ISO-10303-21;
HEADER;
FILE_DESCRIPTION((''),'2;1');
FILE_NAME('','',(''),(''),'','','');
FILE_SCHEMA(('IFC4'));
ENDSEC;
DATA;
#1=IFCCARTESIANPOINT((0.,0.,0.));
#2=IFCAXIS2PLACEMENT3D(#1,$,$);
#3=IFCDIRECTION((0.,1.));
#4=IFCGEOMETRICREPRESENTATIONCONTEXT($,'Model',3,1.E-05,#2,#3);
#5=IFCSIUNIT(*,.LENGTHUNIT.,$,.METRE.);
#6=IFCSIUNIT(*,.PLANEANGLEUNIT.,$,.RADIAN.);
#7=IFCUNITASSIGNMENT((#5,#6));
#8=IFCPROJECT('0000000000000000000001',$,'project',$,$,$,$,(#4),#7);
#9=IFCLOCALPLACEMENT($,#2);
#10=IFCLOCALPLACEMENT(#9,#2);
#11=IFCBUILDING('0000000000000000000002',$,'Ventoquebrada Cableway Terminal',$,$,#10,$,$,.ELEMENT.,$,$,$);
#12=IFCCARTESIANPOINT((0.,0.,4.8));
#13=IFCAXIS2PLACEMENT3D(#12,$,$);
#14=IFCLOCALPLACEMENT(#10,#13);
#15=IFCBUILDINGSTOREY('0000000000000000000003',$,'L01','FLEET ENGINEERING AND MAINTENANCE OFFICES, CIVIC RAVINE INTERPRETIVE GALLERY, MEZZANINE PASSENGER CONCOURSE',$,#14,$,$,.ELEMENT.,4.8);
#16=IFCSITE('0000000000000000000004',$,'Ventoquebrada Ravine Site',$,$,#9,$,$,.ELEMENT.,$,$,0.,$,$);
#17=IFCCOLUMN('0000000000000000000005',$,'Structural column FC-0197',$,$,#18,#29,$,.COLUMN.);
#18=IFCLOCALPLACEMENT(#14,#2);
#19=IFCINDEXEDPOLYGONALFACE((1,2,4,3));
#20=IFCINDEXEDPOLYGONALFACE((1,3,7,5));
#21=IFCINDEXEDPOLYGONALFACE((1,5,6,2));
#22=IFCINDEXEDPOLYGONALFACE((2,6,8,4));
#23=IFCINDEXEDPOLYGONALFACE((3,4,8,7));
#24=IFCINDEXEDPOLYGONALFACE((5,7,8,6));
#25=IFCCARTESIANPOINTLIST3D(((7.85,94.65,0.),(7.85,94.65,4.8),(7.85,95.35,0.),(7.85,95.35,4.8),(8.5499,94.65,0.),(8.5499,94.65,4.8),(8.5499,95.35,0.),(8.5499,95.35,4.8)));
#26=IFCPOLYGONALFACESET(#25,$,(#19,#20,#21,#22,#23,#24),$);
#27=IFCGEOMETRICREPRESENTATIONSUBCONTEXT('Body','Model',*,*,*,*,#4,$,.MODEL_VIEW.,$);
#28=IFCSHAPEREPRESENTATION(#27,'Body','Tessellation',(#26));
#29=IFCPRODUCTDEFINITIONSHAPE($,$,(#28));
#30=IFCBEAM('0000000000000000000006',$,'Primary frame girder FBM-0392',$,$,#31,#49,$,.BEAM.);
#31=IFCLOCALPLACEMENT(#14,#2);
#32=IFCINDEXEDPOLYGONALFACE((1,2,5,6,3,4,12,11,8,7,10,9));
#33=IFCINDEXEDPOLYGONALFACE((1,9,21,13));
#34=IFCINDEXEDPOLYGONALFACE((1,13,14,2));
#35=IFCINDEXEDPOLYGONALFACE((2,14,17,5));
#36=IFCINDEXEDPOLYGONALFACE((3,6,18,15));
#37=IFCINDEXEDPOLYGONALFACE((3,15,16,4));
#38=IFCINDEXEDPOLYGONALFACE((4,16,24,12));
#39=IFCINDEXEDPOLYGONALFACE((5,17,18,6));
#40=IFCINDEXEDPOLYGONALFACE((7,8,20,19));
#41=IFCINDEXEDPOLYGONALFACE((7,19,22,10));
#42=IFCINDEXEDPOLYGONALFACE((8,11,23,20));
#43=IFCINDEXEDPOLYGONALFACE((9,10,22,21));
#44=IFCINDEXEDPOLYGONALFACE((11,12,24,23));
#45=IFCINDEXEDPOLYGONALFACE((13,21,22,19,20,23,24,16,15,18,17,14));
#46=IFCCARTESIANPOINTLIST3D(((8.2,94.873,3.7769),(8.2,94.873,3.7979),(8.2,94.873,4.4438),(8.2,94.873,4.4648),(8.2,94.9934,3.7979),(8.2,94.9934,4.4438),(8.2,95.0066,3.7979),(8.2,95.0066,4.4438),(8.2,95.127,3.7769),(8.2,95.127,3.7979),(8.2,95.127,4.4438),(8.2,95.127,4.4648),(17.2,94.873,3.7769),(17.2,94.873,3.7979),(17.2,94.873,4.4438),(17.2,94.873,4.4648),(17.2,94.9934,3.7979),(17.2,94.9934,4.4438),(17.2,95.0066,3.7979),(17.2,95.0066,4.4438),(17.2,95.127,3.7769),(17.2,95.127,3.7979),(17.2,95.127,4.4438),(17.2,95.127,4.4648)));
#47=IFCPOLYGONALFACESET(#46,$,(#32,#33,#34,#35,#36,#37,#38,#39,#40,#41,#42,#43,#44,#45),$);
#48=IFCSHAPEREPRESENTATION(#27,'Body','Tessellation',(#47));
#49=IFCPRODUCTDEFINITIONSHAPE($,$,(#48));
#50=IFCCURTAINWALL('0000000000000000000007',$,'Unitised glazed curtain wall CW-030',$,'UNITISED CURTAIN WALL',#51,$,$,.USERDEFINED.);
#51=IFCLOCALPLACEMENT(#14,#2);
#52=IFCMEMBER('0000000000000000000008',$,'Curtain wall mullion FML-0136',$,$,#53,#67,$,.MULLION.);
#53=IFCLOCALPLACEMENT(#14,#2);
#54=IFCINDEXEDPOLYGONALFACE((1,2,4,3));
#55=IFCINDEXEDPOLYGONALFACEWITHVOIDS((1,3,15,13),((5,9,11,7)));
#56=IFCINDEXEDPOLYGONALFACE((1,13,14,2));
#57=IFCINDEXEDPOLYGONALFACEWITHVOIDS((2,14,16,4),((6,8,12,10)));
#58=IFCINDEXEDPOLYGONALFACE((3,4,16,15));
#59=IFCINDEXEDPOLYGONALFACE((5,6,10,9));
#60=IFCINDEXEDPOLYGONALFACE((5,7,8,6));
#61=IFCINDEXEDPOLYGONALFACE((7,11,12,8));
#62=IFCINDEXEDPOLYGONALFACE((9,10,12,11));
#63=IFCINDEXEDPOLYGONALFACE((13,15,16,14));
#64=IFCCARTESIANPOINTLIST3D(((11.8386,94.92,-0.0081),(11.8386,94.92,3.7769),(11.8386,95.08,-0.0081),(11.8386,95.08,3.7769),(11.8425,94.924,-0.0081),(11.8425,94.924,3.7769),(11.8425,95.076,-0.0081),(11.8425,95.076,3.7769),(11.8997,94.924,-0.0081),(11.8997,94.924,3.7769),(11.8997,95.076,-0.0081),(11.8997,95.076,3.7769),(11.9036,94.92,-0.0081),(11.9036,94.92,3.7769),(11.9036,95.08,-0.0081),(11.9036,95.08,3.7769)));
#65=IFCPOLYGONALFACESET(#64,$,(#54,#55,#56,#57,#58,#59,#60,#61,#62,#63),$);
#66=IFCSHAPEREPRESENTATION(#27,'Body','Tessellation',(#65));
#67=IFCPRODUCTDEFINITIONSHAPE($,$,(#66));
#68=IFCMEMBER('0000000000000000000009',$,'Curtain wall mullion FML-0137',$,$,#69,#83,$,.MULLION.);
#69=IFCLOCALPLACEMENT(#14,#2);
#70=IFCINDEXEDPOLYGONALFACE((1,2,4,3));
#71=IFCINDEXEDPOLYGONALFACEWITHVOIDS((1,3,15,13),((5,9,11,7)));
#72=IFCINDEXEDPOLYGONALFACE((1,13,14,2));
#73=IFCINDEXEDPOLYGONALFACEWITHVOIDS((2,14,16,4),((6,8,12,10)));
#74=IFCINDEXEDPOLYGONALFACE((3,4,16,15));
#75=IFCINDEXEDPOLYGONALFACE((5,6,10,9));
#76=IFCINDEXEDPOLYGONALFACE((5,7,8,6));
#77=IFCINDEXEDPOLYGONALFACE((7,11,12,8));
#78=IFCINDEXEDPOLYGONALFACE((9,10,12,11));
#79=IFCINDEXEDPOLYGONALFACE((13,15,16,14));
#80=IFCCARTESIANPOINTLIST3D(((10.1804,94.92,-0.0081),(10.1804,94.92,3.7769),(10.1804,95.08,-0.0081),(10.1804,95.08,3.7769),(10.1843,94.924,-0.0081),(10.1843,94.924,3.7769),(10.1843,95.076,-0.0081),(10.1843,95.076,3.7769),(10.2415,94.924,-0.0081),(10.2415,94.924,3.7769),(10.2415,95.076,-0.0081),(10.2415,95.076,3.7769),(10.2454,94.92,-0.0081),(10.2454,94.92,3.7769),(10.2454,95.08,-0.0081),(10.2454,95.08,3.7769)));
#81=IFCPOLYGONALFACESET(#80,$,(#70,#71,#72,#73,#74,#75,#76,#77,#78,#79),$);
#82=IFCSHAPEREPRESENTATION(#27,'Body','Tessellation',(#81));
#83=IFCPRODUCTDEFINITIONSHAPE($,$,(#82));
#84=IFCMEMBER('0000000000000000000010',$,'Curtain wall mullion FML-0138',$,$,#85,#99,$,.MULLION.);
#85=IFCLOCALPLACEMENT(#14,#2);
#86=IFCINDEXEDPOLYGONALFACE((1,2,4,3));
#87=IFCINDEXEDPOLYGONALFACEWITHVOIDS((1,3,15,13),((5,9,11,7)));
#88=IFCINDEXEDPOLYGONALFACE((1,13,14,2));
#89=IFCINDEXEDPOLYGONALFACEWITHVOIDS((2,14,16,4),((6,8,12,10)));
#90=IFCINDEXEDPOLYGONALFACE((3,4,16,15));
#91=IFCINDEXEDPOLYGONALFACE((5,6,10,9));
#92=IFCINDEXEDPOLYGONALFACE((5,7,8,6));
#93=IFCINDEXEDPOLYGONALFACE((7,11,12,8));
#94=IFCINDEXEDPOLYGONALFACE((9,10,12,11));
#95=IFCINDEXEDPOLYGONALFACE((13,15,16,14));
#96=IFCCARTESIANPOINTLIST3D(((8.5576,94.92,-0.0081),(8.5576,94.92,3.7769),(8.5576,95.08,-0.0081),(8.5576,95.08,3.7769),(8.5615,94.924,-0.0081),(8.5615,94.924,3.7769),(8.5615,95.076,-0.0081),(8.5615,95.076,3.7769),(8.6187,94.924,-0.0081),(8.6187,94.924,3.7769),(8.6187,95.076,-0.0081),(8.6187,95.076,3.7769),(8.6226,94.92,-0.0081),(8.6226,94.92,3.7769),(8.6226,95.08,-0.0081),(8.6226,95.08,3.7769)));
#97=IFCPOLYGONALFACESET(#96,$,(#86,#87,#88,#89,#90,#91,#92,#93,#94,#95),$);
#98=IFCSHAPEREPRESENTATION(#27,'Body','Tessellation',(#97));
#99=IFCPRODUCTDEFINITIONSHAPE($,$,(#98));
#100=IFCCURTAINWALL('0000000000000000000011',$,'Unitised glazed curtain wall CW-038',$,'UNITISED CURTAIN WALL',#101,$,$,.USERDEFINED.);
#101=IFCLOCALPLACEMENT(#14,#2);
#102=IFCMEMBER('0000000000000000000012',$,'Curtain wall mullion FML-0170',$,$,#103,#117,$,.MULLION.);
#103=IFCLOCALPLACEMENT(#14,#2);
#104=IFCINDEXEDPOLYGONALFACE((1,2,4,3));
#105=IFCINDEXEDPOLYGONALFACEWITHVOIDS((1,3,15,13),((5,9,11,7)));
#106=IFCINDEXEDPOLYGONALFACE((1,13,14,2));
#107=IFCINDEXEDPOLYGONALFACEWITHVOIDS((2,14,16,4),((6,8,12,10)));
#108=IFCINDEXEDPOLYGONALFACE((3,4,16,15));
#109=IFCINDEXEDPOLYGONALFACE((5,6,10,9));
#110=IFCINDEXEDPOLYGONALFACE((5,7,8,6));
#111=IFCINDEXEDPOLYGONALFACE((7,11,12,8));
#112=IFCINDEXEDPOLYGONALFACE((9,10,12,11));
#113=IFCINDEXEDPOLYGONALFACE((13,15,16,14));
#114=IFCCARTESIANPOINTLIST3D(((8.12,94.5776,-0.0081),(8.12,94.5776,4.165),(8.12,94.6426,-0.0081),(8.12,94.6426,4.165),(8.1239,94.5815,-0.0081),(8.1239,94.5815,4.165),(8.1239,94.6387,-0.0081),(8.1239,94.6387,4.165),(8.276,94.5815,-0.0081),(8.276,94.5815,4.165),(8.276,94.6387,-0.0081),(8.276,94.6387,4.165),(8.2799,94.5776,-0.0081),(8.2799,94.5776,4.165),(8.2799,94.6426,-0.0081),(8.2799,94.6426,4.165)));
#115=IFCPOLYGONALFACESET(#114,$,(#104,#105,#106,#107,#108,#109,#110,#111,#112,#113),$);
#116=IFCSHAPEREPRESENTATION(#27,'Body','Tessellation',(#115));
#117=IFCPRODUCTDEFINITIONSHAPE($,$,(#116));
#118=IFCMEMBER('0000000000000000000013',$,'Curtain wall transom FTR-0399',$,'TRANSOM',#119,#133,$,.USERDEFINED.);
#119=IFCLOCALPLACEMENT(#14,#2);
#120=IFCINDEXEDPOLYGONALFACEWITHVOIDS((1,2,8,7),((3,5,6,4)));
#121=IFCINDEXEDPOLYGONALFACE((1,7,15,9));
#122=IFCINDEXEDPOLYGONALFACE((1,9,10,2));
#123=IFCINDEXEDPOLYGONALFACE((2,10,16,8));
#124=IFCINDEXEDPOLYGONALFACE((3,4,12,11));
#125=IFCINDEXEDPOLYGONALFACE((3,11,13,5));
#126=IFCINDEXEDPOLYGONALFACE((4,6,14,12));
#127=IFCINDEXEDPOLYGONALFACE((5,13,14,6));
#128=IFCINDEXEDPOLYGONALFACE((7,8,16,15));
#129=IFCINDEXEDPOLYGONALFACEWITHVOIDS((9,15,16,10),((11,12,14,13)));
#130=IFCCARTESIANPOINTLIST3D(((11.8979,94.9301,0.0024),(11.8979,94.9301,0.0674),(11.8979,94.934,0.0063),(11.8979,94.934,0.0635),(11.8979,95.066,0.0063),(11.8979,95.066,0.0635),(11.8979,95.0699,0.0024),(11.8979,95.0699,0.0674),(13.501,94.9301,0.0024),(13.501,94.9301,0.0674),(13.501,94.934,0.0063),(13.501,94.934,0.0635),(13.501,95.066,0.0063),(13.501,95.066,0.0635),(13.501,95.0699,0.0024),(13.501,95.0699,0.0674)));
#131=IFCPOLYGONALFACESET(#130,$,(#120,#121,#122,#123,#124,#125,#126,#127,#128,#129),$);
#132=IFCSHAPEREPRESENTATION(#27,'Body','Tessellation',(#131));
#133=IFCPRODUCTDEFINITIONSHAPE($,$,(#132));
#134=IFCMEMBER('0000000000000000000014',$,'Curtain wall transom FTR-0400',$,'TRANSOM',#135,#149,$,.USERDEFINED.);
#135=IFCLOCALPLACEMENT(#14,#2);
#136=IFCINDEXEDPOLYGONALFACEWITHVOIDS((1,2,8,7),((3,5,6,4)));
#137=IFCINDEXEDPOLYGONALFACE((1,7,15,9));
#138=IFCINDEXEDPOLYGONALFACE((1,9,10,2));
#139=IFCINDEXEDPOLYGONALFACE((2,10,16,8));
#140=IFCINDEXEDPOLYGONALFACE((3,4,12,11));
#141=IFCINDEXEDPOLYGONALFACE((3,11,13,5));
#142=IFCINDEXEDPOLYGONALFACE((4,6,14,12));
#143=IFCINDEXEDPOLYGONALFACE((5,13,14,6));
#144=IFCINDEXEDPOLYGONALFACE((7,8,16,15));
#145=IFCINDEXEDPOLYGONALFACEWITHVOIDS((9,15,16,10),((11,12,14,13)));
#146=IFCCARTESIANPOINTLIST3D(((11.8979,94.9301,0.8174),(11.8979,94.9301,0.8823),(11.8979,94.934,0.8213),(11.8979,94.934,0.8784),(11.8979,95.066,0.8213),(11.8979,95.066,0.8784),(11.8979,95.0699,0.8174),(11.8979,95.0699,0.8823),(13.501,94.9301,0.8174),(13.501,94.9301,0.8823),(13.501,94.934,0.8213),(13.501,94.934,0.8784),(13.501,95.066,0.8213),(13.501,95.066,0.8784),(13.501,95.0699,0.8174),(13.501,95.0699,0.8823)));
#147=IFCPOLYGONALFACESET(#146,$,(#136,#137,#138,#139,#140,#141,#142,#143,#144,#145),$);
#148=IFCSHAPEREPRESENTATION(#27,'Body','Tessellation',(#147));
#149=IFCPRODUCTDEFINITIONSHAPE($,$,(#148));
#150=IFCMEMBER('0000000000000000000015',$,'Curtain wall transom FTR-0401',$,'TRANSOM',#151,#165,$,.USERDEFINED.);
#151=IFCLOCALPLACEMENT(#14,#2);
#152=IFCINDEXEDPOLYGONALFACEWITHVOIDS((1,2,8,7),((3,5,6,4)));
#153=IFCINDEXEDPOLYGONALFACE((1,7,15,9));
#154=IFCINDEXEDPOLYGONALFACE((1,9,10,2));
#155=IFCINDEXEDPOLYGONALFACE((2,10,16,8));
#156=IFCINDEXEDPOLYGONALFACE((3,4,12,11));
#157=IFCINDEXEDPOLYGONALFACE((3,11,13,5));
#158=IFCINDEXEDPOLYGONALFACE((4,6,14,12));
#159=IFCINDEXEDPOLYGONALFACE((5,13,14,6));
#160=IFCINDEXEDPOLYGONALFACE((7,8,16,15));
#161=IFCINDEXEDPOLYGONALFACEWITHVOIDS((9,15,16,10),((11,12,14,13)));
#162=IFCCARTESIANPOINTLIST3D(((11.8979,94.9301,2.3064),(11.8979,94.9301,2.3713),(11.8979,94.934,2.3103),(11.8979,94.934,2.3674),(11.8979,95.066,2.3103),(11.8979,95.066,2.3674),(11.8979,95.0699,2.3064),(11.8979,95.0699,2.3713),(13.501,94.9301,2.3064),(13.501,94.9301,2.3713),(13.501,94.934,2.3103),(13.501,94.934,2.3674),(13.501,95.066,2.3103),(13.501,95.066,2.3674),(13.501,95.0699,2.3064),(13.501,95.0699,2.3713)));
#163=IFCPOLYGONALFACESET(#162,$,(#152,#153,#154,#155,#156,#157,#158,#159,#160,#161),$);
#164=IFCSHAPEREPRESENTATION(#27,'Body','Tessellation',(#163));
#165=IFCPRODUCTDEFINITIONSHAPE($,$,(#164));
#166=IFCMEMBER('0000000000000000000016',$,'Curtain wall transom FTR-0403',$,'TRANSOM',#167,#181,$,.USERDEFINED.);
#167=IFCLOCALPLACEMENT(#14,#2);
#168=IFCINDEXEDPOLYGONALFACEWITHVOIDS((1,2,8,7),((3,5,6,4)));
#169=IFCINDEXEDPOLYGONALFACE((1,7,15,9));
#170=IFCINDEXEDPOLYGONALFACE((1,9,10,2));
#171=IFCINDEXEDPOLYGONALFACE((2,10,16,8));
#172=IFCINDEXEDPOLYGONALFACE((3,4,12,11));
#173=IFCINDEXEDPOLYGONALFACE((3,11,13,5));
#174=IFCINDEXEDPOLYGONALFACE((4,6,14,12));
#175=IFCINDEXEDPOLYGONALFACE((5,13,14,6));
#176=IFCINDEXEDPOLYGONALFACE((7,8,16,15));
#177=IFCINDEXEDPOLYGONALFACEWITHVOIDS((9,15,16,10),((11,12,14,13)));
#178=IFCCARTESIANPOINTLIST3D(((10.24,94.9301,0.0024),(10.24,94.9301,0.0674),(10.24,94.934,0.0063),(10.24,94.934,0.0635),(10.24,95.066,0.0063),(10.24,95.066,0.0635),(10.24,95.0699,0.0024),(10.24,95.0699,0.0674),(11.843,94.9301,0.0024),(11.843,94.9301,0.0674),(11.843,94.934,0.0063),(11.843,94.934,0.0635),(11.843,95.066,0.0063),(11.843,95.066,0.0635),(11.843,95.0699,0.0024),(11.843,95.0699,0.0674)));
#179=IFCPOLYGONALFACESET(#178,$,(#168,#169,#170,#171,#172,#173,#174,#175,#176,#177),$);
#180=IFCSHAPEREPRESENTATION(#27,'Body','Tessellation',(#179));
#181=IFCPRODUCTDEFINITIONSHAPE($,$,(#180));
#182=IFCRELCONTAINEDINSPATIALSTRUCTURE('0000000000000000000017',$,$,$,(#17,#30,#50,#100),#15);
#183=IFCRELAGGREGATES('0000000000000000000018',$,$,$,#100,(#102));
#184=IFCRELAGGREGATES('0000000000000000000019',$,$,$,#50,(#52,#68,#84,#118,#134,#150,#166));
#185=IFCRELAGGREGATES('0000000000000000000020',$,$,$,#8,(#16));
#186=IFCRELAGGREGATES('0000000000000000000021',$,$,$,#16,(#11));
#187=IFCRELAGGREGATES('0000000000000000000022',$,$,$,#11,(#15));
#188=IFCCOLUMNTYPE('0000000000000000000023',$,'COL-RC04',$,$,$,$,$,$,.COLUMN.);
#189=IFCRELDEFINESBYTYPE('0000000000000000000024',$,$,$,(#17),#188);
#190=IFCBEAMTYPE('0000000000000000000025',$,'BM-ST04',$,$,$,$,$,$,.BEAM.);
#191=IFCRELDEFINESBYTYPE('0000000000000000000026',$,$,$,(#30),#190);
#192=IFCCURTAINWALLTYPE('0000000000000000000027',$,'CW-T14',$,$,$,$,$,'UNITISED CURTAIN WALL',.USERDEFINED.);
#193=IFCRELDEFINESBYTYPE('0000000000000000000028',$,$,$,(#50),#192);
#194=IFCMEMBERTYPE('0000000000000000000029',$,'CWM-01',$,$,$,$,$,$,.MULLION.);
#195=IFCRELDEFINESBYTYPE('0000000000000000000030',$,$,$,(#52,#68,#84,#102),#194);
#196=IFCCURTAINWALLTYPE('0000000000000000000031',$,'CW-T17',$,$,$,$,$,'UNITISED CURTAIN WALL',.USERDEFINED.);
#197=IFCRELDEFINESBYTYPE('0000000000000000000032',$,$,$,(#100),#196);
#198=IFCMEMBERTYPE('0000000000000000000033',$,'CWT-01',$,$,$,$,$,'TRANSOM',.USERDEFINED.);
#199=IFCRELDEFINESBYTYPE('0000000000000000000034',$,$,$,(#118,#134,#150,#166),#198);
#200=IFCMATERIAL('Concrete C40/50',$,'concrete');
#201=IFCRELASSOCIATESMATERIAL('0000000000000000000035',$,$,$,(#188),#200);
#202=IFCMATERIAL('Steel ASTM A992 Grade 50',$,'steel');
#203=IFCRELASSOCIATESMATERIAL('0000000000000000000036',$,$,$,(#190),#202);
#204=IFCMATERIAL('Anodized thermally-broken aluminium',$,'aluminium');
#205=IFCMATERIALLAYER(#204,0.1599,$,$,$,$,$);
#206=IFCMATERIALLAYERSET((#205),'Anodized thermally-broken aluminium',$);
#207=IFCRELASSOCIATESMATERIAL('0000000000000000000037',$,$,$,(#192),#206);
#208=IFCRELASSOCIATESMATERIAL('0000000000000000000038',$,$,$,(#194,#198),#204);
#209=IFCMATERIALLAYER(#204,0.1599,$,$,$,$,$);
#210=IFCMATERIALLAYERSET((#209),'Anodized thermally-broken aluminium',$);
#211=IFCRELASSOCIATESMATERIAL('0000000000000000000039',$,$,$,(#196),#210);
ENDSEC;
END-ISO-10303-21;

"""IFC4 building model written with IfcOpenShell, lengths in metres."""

from ifc_helpers import new_model, si_unit, direction, frame, origin, origin_2d, place, context, subcontext, project, spatial, rectangle, hollow_rectangle, i_section, extrude, material, layer, layer_set, material_profile, profile_set, type_object, element, aggregate, save


model = new_model("IFC4")

# Units and contexts
model_context = context("Model", 3, precision=1e-05, world=origin(), true_north=direction((0.0, 1.0)))
body_context = subcontext(model_context, "Body", "Model", "MODEL_VIEW")
ifc_project = project(units=[si_unit("LENGTHUNIT", "METRE"), si_unit("PLANEANGLEUNIT", "RADIAN")], contexts=[model_context])

# Site, building, storey
site_placement = place(None, origin())
site = spatial("IfcSite", under=ifc_project, at=site_placement, Name="Ventoquebrada Ravine Site", CompositionType="ELEMENT", RefElevation=0.0)
building_placement = place(site_placement, origin())
building = spatial("IfcBuilding", under=site, at=building_placement, Name="Ventoquebrada Cableway Terminal", CompositionType="ELEMENT")
storey_placement = place(building_placement, frame((0.0, 0.0, 4.8)))
storey = spatial("IfcBuildingStorey", under=building, at=storey_placement, Name="L01", Description="FLEET ENGINEERING AND MAINTENANCE OFFICES, CIVIC RAVINE INTERPRETIVE GALLERY, MEZZANINE PASSENGER CONCOURSE", CompositionType="ELEMENT", Elevation=4.8)

# Column
ifc_material_1 = material(Name="Concrete C40/50", Category="concrete")
ifc_material_profile_1 = material_profile(ifc_material_1, rectangle(XDim=0.7, YDim=0.7, at=origin_2d()), Name="RC-COL-700X700")
ifc_profile_set_1 = profile_set([ifc_material_profile_1], Name="Concrete C40/50")
column_type = type_object("IfcColumnType", Name="COL-RC04", PredefinedType="COLUMN", material=ifc_profile_set_1)
column_placement = place(storey_placement, frame((8.2, 95.0, 0.0), z_axis=(0.0, 0.0, 1.0), x_axis=(1.0, 0.0, 0.0)))
element("IfcColumn", 1, at=column_placement, inside=storey, type_object=column_type, Name="Structural column FC-0197", PredefinedType="COLUMN", context=body_context, shape_type="SweptSolid", body=[
    extrude(rectangle(XDim=0.7, YDim=0.7, at=origin_2d()), origin(), (0.0, 0.0, 1.0), 4.8),
])

# Beam
ifc_material_2 = material(Name="Steel ASTM A992 Grade 50", Category="steel")
ifc_material_profile_2 = material_profile(ifc_material_2, i_section(OverallWidth=0.2539, OverallDepth=0.688, WebThickness=0.0132, FlangeThickness=0.021, at=origin_2d()), Name="W27X102")
ifc_profile_set_2 = profile_set([ifc_material_profile_2], Name="Steel ASTM A992 Grade 50")
beam_type_1 = type_object("IfcBeamType", Name="BM-ST04", PredefinedType="BEAM", material=ifc_profile_set_2)
beam_1_placement = place(storey_placement, frame((8.2, 95.0, 4.1208), z_axis=(1.0, 0.0, 0.0), x_axis=(0.0, 1.0, 0.0)))
element("IfcBeam", 2, at=beam_1_placement, inside=storey, type_object=beam_type_1, Name="Primary frame girder FBM-0392", PredefinedType="BEAM", context=body_context, shape_type="SweptSolid", body=[
    extrude(i_section(OverallWidth=0.2539, OverallDepth=0.688, WebThickness=0.0132, FlangeThickness=0.021, at=origin_2d()), origin(), (0.0, 0.0, 1.0), 9.0),
])

# Curtain wall, members
ifc_material_3 = material(Name="Anodized thermally-broken aluminium", Category="aluminium")
ifc_layer_1 = layer(ifc_material_3, 0.1599)
ifc_layer_set_1 = layer_set([ifc_layer_1], Name="Anodized thermally-broken aluminium")
curtain_wall_type_1 = type_object("IfcCurtainWallType", Name="CW-T14", ElementType="UNITISED CURTAIN WALL", PredefinedType="USERDEFINED", material=ifc_layer_set_1)
curtain_wall_1_placement = place(storey_placement, origin())
curtain_wall_1 = element("IfcCurtainWall", 3, at=curtain_wall_1_placement, inside=storey, type_object=curtain_wall_type_1, Name="Unitised glazed curtain wall CW-030", ObjectType="UNITISED CURTAIN WALL", PredefinedType="USERDEFINED")
ifc_material_profile_3 = material_profile(ifc_material_3, hollow_rectangle(XDim=0.0649, YDim=0.1599, WallThickness=0.0039, at=origin_2d()), Name="CW-MUL-65X160")
ifc_profile_set_3 = profile_set([ifc_material_profile_3], Name="Anodized thermally-broken aluminium")
member_type_1 = type_object("IfcMemberType", Name="CWM-01", PredefinedType="MULLION", material=ifc_profile_set_3)
member_1_placement = place(storey_placement, frame((11.8711, 95.0, -0.0081), z_axis=(0.0, 0.0, 1.0), x_axis=(-1.0, 0.0, 0.0)))
member_1 = element("IfcMember", 4, at=member_1_placement, type_object=member_type_1, Name="Curtain wall mullion FML-0136", PredefinedType="MULLION", context=body_context, shape_type="SweptSolid", body=[
    extrude(hollow_rectangle(XDim=0.0649, YDim=0.1599, WallThickness=0.0039, at=origin_2d()), origin(), (0.0, 0.0, 1.0), 3.7849),
])
member_2_placement = place(storey_placement, frame((10.2129, 95.0, -0.0081), z_axis=(0.0, 0.0, 1.0), x_axis=(-1.0, 0.0, 0.0)))
member_2 = element("IfcMember", 5, at=member_2_placement, type_object=member_type_1, Name="Curtain wall mullion FML-0137", PredefinedType="MULLION", context=body_context, shape_type="SweptSolid", body=[
    extrude(hollow_rectangle(XDim=0.0649, YDim=0.1599, WallThickness=0.0039, at=origin_2d()), origin(), (0.0, 0.0, 1.0), 3.7849),
])
member_3_placement = place(storey_placement, frame((8.5901, 95.0, -0.0081), z_axis=(0.0, 0.0, 1.0), x_axis=(-1.0, 0.0, 0.0)))
member_3 = element("IfcMember", 6, at=member_3_placement, type_object=member_type_1, Name="Curtain wall mullion FML-0138", PredefinedType="MULLION", context=body_context, shape_type="SweptSolid", body=[
    extrude(hollow_rectangle(XDim=0.0649, YDim=0.1599, WallThickness=0.0039, at=origin_2d()), origin(), (0.0, 0.0, 1.0), 3.7849),
])

# Curtain wall, member
ifc_layer_2 = layer(ifc_material_3, 0.1599)
ifc_layer_set_2 = layer_set([ifc_layer_2], Name="Anodized thermally-broken aluminium")
curtain_wall_type_2 = type_object("IfcCurtainWallType", Name="CW-T17", ElementType="UNITISED CURTAIN WALL", PredefinedType="USERDEFINED", material=ifc_layer_set_2)
curtain_wall_2_placement = place(storey_placement, origin())
curtain_wall_2 = element("IfcCurtainWall", 7, at=curtain_wall_2_placement, inside=storey, type_object=curtain_wall_type_2, Name="Unitised glazed curtain wall CW-038", ObjectType="UNITISED CURTAIN WALL", PredefinedType="USERDEFINED")
member_4_placement = place(storey_placement, frame((8.2, 94.6101, -0.0081), z_axis=(0.0, 0.0, 1.0), x_axis=(0.0, -1.0, 0.0)))
member_4 = element("IfcMember", 8, at=member_4_placement, type_object=member_type_1, Name="Curtain wall mullion FML-0170", PredefinedType="MULLION", context=body_context, shape_type="SweptSolid", body=[
    extrude(hollow_rectangle(XDim=0.0649, YDim=0.1599, WallThickness=0.0039, at=origin_2d()), origin(), (0.0, 0.0, 1.0), 4.1731),
])

# Members
ifc_material_profile_4 = material_profile(ifc_material_3, hollow_rectangle(XDim=0.0649, YDim=0.1399, WallThickness=0.0039, at=origin_2d()), Name="CW-TRN-65X140")
ifc_profile_set_4 = profile_set([ifc_material_profile_4], Name="Anodized thermally-broken aluminium")
member_type_2 = type_object("IfcMemberType", Name="CWT-01", ElementType="TRANSOM", PredefinedType="USERDEFINED", material=ifc_profile_set_4)
member_5_placement = place(storey_placement, frame((13.501, 95.0, 0.0349), z_axis=(-1.0, 0.0, 0.0), x_axis=(0.0, 0.0, 1.0)))
member_5 = element("IfcMember", 9, at=member_5_placement, type_object=member_type_2, Name="Curtain wall transom FTR-0399", ObjectType="TRANSOM", PredefinedType="USERDEFINED", context=body_context, shape_type="SweptSolid", body=[
    extrude(hollow_rectangle(XDim=0.0649, YDim=0.1399, WallThickness=0.0039, at=origin_2d()), origin(), (0.0, 0.0, 1.0), 1.603),
])
member_6_placement = place(storey_placement, frame((13.501, 95.0, 0.8499), z_axis=(-1.0, 0.0, 0.0), x_axis=(0.0, 0.0, 1.0)))
member_6 = element("IfcMember", 10, at=member_6_placement, type_object=member_type_2, Name="Curtain wall transom FTR-0400", ObjectType="TRANSOM", PredefinedType="USERDEFINED", context=body_context, shape_type="SweptSolid", body=[
    extrude(hollow_rectangle(XDim=0.0649, YDim=0.1399, WallThickness=0.0039, at=origin_2d()), origin(), (0.0, 0.0, 1.0), 1.603),
])
member_7_placement = place(storey_placement, frame((13.501, 95.0, 2.3389), z_axis=(-1.0, 0.0, 0.0), x_axis=(0.0, 0.0, 1.0)))
member_7 = element("IfcMember", 11, at=member_7_placement, type_object=member_type_2, Name="Curtain wall transom FTR-0401", ObjectType="TRANSOM", PredefinedType="USERDEFINED", context=body_context, shape_type="SweptSolid", body=[
    extrude(hollow_rectangle(XDim=0.0649, YDim=0.1399, WallThickness=0.0039, at=origin_2d()), origin(), (0.0, 0.0, 1.0), 1.603),
])
member_8_placement = place(storey_placement, frame((11.843, 95.0, 0.0349), z_axis=(-1.0, 0.0, 0.0), x_axis=(0.0, 0.0, 1.0)))
member_8 = element("IfcMember", 12, at=member_8_placement, type_object=member_type_2, Name="Curtain wall transom FTR-0403", ObjectType="TRANSOM", PredefinedType="USERDEFINED", context=body_context, shape_type="SweptSolid", body=[
    extrude(hollow_rectangle(XDim=0.0649, YDim=0.1399, WallThickness=0.0039, at=origin_2d()), origin(), (0.0, 0.0, 1.0), 1.603),
])
aggregate(curtain_wall_2, [member_4])

aggregate(curtain_wall_1, [member_1, member_2, member_3, member_5, member_6, member_7, member_8])

save(model, "model.ifc")
